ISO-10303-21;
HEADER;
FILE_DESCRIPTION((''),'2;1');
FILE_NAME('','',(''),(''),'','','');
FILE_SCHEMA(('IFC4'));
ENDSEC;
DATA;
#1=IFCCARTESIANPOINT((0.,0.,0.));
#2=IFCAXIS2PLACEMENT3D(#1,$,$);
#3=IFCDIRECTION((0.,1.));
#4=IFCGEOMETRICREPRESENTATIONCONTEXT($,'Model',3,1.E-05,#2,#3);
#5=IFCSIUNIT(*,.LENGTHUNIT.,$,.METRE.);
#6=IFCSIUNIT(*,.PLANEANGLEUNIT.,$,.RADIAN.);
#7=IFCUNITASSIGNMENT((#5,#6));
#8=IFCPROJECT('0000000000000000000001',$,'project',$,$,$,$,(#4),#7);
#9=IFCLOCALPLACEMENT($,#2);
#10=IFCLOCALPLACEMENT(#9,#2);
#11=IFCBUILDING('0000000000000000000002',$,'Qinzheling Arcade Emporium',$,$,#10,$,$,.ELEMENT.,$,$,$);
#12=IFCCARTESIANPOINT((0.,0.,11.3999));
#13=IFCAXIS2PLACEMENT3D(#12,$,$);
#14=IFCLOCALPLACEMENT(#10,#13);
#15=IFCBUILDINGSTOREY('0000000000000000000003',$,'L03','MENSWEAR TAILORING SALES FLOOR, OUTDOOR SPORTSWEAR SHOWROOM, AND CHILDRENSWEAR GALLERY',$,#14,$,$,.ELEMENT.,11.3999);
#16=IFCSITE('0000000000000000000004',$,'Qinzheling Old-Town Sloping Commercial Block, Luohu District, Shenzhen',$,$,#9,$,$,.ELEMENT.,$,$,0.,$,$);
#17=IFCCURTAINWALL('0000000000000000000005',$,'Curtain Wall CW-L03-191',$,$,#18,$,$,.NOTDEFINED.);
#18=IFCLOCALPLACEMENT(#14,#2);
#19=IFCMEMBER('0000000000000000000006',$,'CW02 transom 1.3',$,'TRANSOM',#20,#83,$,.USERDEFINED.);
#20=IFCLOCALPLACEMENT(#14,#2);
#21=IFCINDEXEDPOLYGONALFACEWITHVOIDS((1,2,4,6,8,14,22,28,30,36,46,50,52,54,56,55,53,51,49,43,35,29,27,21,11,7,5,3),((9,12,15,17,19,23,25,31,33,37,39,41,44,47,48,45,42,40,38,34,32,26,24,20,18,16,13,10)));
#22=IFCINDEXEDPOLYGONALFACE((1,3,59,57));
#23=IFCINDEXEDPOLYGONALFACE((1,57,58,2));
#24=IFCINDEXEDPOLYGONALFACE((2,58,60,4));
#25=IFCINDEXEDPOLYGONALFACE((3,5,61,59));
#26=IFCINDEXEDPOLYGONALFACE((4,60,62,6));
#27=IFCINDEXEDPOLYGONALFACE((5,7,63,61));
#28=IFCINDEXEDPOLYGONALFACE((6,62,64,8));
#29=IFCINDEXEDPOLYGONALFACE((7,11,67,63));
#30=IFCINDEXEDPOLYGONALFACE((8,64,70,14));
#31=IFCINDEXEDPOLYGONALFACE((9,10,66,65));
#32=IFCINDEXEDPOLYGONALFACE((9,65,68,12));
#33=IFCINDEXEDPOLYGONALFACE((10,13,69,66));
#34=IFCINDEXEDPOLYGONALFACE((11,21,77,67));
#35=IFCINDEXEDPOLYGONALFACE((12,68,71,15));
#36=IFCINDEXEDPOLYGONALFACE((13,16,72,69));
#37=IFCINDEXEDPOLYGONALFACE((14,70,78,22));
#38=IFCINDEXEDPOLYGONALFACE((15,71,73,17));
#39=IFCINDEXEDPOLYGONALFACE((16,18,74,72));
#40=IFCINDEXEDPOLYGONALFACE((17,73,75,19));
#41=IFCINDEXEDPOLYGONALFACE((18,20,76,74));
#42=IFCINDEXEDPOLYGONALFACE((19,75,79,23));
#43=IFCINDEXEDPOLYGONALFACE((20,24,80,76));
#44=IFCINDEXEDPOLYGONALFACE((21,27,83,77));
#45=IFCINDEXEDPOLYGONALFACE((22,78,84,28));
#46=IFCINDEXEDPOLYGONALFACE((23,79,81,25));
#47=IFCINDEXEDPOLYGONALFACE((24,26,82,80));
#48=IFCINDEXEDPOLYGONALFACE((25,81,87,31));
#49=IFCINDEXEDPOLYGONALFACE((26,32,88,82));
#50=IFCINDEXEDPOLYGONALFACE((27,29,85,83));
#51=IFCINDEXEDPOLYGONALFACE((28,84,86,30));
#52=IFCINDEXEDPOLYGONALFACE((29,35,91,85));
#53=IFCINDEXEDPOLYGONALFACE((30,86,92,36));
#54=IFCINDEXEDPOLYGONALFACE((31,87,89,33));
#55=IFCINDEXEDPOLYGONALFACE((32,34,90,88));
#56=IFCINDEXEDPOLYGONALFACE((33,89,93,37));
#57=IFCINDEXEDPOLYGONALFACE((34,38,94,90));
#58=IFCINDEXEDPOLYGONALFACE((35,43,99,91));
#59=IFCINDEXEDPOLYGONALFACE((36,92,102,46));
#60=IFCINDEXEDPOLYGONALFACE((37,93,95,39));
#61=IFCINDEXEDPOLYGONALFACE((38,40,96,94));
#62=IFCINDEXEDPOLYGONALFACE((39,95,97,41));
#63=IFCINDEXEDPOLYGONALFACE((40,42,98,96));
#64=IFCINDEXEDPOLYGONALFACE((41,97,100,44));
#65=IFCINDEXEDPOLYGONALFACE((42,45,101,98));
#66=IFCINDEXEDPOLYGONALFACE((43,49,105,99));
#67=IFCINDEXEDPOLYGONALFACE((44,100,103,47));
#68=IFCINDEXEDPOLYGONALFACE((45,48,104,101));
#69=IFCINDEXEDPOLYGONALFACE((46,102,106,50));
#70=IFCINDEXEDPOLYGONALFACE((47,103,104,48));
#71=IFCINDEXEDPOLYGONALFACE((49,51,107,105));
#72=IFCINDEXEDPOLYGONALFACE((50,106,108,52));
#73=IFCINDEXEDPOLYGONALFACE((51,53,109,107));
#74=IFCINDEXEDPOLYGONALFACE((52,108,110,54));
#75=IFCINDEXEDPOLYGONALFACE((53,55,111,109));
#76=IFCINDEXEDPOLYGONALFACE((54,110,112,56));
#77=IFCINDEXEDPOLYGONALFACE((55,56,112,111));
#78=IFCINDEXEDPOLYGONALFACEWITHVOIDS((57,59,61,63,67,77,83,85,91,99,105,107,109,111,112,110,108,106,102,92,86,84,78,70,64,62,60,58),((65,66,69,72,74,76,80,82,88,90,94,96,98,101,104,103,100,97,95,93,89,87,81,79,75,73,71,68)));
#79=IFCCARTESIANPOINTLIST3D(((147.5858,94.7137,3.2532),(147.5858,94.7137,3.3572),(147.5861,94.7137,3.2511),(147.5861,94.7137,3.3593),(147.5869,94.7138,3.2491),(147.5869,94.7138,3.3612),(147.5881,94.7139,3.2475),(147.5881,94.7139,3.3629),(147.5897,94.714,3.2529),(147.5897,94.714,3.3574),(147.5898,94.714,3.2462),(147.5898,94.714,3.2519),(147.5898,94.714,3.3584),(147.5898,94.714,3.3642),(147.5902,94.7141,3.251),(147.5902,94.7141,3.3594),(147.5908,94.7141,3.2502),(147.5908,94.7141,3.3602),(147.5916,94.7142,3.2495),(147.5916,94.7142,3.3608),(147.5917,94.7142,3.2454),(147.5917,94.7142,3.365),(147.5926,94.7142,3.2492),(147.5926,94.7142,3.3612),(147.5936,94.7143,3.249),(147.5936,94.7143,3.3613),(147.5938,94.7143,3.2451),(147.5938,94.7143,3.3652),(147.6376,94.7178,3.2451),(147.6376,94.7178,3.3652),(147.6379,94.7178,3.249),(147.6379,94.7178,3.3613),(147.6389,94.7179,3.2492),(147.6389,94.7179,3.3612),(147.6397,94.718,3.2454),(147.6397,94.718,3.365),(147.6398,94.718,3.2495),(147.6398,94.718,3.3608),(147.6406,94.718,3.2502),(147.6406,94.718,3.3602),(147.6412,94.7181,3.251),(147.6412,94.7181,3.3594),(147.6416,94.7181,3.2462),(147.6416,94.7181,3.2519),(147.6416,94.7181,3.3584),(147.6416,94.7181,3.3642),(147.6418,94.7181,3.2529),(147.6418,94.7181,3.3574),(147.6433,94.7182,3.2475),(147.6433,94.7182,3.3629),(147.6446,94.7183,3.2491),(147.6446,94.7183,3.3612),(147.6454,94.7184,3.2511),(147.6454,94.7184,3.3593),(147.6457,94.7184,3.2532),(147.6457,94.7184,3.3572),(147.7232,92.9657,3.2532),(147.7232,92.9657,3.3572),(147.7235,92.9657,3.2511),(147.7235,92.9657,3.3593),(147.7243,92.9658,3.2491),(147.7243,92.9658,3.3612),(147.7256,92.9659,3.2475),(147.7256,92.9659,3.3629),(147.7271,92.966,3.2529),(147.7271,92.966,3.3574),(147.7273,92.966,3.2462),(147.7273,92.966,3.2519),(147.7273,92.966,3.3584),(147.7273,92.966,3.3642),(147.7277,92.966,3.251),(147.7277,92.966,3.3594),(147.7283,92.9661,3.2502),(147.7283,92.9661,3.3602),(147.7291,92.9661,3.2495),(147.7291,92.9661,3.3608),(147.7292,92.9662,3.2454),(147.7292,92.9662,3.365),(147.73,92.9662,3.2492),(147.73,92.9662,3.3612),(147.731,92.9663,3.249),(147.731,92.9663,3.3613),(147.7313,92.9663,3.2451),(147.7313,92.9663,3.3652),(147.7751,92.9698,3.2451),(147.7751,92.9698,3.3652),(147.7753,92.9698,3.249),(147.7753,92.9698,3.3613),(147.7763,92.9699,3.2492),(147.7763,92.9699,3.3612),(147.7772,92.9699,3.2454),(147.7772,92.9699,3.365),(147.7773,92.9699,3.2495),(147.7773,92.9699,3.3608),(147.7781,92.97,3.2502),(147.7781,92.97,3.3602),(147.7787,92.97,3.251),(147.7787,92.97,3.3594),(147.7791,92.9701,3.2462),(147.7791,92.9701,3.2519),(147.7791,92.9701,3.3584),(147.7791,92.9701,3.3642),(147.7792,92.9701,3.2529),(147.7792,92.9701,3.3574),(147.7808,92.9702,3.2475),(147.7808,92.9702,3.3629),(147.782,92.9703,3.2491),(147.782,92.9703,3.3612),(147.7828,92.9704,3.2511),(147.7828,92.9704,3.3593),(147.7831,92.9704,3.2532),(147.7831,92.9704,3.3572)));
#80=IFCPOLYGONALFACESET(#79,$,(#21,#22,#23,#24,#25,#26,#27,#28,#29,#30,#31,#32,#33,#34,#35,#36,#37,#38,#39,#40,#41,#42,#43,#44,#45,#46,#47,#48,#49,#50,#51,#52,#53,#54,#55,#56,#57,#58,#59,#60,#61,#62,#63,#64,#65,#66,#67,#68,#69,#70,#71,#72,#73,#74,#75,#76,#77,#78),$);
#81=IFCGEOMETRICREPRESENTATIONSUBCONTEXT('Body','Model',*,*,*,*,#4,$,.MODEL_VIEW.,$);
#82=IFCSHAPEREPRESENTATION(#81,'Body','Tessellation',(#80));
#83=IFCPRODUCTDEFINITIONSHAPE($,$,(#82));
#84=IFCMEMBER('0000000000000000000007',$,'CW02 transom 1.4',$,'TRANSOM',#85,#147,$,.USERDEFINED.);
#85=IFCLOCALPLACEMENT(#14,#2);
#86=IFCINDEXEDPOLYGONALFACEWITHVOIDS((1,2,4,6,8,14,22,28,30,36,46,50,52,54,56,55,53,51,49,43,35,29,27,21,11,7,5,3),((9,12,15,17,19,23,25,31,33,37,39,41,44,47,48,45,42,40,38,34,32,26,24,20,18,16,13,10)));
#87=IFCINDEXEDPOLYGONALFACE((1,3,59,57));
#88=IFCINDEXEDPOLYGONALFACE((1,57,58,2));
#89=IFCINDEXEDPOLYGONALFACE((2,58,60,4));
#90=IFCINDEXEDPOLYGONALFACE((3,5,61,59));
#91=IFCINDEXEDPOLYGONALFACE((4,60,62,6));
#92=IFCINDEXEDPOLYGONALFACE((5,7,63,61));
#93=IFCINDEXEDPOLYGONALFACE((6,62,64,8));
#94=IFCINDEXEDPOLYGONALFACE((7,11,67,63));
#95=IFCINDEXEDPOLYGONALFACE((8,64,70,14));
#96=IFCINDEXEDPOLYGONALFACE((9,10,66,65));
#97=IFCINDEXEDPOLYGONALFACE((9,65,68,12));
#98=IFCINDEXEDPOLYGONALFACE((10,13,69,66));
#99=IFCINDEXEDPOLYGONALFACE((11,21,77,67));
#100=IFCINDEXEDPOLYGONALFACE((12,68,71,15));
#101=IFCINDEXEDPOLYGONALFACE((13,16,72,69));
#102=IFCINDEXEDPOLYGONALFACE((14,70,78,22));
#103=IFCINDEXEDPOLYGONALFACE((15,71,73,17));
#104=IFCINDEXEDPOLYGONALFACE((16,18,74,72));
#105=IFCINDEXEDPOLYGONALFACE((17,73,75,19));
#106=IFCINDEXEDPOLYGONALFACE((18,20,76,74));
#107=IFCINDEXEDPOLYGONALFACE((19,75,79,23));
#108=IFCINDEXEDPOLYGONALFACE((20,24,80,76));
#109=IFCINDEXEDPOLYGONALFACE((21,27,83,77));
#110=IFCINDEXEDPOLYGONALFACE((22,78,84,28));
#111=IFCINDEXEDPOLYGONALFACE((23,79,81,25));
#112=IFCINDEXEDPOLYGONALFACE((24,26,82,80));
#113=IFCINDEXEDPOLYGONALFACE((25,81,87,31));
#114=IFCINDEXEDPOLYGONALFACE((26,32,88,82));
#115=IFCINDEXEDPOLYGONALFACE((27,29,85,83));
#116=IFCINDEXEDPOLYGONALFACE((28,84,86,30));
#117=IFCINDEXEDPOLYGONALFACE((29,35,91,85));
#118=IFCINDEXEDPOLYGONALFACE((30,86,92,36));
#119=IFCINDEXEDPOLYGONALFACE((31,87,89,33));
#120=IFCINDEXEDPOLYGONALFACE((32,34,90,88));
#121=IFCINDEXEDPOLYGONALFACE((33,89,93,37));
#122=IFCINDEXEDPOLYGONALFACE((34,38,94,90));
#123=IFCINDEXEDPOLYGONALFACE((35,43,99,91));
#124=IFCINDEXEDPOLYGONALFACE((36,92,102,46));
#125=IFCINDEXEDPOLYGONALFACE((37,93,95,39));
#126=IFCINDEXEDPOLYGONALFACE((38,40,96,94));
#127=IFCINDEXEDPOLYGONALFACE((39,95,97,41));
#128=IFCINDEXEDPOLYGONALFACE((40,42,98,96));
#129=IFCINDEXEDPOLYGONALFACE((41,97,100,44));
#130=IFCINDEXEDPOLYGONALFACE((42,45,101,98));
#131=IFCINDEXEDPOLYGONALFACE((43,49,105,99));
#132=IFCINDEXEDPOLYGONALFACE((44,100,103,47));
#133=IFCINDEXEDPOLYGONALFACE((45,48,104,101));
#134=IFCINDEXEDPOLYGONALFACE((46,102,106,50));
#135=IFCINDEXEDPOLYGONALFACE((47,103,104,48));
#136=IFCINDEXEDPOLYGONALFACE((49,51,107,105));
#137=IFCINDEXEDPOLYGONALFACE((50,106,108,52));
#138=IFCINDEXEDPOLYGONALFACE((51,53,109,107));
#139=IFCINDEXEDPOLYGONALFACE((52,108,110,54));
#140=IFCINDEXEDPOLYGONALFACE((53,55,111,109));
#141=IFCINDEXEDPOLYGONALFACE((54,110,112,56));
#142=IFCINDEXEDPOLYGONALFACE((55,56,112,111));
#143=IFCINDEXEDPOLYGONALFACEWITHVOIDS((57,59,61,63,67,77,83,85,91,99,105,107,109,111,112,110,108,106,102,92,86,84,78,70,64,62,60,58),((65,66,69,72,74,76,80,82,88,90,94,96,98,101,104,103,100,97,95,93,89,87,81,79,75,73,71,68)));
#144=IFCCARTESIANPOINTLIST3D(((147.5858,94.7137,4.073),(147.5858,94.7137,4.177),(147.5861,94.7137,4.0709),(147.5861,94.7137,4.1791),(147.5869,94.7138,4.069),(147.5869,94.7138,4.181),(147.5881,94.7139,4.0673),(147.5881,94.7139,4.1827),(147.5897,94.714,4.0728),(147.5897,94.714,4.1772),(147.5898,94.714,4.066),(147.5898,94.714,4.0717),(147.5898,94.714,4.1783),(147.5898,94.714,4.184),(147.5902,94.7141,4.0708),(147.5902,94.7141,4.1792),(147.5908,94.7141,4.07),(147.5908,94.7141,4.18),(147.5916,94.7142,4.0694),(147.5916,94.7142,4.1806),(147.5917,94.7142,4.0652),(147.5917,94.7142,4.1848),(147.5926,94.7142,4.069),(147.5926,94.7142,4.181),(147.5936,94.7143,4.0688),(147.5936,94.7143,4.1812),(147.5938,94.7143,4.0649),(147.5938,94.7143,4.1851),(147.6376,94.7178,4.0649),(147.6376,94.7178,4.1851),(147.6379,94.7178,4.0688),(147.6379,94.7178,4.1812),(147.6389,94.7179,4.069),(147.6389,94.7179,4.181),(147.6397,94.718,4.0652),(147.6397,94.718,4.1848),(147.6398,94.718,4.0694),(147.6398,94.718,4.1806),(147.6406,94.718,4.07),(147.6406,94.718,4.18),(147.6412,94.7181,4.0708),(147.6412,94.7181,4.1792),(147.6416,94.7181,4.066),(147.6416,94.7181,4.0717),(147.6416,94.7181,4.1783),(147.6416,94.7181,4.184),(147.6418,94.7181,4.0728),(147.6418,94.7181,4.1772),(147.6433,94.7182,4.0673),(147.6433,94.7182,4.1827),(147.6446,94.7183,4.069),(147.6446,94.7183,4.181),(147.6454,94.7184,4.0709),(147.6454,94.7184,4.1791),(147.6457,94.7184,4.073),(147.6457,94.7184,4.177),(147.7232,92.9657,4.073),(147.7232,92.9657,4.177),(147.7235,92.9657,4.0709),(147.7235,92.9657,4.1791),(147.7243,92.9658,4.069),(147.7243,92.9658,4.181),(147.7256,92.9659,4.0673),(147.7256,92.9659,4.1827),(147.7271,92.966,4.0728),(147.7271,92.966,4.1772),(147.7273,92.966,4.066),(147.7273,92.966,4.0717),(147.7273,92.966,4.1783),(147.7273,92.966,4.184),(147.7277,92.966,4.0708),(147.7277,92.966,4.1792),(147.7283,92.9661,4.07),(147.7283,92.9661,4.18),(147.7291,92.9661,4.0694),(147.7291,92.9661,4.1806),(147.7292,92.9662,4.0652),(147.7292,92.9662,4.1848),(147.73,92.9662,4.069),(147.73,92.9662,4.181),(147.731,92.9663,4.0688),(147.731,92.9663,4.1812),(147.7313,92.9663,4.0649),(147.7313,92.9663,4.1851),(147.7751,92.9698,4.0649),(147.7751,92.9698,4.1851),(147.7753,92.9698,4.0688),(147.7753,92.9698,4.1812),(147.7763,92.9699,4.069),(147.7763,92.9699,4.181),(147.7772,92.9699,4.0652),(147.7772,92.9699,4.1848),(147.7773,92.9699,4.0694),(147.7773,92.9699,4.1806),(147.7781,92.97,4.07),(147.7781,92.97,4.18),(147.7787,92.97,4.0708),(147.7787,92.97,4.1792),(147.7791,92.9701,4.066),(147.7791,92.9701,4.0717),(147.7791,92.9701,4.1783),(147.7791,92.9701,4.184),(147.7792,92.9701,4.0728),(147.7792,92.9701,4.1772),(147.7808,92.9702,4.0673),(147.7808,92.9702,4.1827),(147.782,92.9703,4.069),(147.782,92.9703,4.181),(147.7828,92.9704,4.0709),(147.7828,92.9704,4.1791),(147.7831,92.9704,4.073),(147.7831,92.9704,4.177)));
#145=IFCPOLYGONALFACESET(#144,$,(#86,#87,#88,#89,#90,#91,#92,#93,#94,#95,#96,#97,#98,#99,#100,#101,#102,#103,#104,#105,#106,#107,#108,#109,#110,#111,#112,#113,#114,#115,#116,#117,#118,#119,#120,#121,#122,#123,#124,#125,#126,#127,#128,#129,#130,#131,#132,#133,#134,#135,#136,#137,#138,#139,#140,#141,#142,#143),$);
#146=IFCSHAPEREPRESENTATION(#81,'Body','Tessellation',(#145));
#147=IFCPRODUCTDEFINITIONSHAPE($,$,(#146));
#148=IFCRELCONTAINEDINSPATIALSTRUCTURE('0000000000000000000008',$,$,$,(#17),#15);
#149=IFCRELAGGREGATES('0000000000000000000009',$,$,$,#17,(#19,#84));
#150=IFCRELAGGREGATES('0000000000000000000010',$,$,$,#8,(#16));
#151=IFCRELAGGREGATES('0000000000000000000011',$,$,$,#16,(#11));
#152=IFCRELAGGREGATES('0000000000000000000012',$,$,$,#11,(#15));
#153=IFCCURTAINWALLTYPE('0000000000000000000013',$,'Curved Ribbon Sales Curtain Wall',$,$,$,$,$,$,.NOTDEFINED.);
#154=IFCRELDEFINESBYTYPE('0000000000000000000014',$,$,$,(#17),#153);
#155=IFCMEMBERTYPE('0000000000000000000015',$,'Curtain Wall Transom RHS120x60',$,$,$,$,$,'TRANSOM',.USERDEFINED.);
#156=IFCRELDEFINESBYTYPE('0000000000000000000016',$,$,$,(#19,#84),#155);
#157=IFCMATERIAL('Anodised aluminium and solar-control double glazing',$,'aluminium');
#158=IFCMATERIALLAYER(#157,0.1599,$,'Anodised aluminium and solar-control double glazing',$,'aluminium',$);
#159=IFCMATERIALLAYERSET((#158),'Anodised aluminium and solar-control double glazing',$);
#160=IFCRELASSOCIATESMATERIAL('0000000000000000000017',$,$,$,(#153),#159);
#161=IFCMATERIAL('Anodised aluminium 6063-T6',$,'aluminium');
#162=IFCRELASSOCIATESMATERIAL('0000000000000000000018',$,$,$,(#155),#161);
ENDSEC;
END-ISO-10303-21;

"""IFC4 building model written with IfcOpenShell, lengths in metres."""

from ifc_helpers import new_model, si_unit, direction, frame, origin, origin_2d, place, context, subcontext, project, spatial, hollow_rectangle, extrude, material, layer, layer_set, material_profile, profile_set, type_object, element, aggregate, save


model = new_model("IFC4")

# Units and contexts
model_context = context("Model", 3, precision=1e-05, world=origin(), true_north=direction((0.0, 1.0)))
body_context = subcontext(model_context, "Body", "Model", "MODEL_VIEW")
ifc_project = project(units=[si_unit("LENGTHUNIT", "METRE"), si_unit("PLANEANGLEUNIT", "RADIAN")], contexts=[model_context])

# Site, building, storey
site_placement = place(None, origin())
site = spatial("IfcSite", under=ifc_project, at=site_placement, Name="Qinzheling Old-Town Sloping Commercial Block, Luohu District, Shenzhen", CompositionType="ELEMENT", RefElevation=0.0)
building_placement = place(site_placement, origin())
building = spatial("IfcBuilding", under=site, at=building_placement, Name="Qinzheling Arcade Emporium", CompositionType="ELEMENT")
storey_placement = place(building_placement, frame((0.0, 0.0, 11.3999)))
storey = spatial("IfcBuildingStorey", under=building, at=storey_placement, Name="L03", Description="MENSWEAR TAILORING SALES FLOOR, OUTDOOR SPORTSWEAR SHOWROOM, AND CHILDRENSWEAR GALLERY", CompositionType="ELEMENT", Elevation=11.3999)

# Curtain wall
ifc_material_1 = material(Name="Anodised aluminium and solar-control double glazing", Category="aluminium")
ifc_layer_1 = layer(ifc_material_1, 0.1599, Name="Anodised aluminium and solar-control double glazing", Category="aluminium")
ifc_layer_set_1 = layer_set([ifc_layer_1], Name="Anodised aluminium and solar-control double glazing")
curtain_wall_type = type_object("IfcCurtainWallType", Name="Curved Ribbon Sales Curtain Wall", PredefinedType="NOTDEFINED", material=ifc_layer_set_1)
ifc_material_2 = material(Name="Anodised aluminium 6063-T6", Category="aluminium")
curtain_wall_1_placement = place(storey_placement, origin())
curtain_wall_1 = element("IfcCurtainWall", 1, at=curtain_wall_1_placement, inside=storey, type_object=curtain_wall_type, Name="Curtain Wall CW-L03-191", PredefinedType="NOTDEFINED")

# Members
ifc_material_profile_1 = material_profile(ifc_material_2, hollow_rectangle(XDim=0.0601, YDim=0.1201, WallThickness=0.0039, InnerFilletRadius=0.0039, OuterFilletRadius=0.0081, at=origin_2d()), Name="RHS 120x60x4", Category="aluminium")
ifc_profile_set_1 = profile_set([ifc_material_profile_1], Name="Anodised aluminium 6063-T6")
member_type_1 = type_object("IfcMemberType", Name="Curtain Wall Transom RHS120x60", ElementType="TRANSOM", PredefinedType="USERDEFINED", material=ifc_profile_set_1)
member_1_placement = place(storey_placement, frame((147.6157, 94.7161, 3.3052), z_axis=(0.078389, -0.996923, 0.0), x_axis=(0.996923, 0.078389, 0.0)))
member_1 = element("IfcMember", 2, at=member_1_placement, type_object=member_type_1, Name="CW02 transom 1.3", ObjectType="TRANSOM", PredefinedType="USERDEFINED", context=body_context, shape_type="SweptSolid", body=[
    extrude(hollow_rectangle(XDim=0.0601, YDim=0.1201, WallThickness=0.0039, InnerFilletRadius=0.0039, OuterFilletRadius=0.0081, at=origin_2d()), origin(), (0.0, 0.0, 1.0), 1.7534),
])
member_2_placement = place(storey_placement, frame((147.6157, 94.7161, 4.125), z_axis=(0.078389, -0.996923, 0.0), x_axis=(0.996923, 0.078389, 0.0)))
member_2 = element("IfcMember", 3, at=member_2_placement, type_object=member_type_1, Name="CW02 transom 1.4", ObjectType="TRANSOM", PredefinedType="USERDEFINED", context=body_context, shape_type="SweptSolid", body=[
    extrude(hollow_rectangle(XDim=0.0601, YDim=0.1201, WallThickness=0.0039, InnerFilletRadius=0.0039, OuterFilletRadius=0.0081, at=origin_2d()), origin(), (0.0, 0.0, 1.0), 1.7534),
])

aggregate(curtain_wall_1, [member_1, member_2])

save(model, "model.ifc")
